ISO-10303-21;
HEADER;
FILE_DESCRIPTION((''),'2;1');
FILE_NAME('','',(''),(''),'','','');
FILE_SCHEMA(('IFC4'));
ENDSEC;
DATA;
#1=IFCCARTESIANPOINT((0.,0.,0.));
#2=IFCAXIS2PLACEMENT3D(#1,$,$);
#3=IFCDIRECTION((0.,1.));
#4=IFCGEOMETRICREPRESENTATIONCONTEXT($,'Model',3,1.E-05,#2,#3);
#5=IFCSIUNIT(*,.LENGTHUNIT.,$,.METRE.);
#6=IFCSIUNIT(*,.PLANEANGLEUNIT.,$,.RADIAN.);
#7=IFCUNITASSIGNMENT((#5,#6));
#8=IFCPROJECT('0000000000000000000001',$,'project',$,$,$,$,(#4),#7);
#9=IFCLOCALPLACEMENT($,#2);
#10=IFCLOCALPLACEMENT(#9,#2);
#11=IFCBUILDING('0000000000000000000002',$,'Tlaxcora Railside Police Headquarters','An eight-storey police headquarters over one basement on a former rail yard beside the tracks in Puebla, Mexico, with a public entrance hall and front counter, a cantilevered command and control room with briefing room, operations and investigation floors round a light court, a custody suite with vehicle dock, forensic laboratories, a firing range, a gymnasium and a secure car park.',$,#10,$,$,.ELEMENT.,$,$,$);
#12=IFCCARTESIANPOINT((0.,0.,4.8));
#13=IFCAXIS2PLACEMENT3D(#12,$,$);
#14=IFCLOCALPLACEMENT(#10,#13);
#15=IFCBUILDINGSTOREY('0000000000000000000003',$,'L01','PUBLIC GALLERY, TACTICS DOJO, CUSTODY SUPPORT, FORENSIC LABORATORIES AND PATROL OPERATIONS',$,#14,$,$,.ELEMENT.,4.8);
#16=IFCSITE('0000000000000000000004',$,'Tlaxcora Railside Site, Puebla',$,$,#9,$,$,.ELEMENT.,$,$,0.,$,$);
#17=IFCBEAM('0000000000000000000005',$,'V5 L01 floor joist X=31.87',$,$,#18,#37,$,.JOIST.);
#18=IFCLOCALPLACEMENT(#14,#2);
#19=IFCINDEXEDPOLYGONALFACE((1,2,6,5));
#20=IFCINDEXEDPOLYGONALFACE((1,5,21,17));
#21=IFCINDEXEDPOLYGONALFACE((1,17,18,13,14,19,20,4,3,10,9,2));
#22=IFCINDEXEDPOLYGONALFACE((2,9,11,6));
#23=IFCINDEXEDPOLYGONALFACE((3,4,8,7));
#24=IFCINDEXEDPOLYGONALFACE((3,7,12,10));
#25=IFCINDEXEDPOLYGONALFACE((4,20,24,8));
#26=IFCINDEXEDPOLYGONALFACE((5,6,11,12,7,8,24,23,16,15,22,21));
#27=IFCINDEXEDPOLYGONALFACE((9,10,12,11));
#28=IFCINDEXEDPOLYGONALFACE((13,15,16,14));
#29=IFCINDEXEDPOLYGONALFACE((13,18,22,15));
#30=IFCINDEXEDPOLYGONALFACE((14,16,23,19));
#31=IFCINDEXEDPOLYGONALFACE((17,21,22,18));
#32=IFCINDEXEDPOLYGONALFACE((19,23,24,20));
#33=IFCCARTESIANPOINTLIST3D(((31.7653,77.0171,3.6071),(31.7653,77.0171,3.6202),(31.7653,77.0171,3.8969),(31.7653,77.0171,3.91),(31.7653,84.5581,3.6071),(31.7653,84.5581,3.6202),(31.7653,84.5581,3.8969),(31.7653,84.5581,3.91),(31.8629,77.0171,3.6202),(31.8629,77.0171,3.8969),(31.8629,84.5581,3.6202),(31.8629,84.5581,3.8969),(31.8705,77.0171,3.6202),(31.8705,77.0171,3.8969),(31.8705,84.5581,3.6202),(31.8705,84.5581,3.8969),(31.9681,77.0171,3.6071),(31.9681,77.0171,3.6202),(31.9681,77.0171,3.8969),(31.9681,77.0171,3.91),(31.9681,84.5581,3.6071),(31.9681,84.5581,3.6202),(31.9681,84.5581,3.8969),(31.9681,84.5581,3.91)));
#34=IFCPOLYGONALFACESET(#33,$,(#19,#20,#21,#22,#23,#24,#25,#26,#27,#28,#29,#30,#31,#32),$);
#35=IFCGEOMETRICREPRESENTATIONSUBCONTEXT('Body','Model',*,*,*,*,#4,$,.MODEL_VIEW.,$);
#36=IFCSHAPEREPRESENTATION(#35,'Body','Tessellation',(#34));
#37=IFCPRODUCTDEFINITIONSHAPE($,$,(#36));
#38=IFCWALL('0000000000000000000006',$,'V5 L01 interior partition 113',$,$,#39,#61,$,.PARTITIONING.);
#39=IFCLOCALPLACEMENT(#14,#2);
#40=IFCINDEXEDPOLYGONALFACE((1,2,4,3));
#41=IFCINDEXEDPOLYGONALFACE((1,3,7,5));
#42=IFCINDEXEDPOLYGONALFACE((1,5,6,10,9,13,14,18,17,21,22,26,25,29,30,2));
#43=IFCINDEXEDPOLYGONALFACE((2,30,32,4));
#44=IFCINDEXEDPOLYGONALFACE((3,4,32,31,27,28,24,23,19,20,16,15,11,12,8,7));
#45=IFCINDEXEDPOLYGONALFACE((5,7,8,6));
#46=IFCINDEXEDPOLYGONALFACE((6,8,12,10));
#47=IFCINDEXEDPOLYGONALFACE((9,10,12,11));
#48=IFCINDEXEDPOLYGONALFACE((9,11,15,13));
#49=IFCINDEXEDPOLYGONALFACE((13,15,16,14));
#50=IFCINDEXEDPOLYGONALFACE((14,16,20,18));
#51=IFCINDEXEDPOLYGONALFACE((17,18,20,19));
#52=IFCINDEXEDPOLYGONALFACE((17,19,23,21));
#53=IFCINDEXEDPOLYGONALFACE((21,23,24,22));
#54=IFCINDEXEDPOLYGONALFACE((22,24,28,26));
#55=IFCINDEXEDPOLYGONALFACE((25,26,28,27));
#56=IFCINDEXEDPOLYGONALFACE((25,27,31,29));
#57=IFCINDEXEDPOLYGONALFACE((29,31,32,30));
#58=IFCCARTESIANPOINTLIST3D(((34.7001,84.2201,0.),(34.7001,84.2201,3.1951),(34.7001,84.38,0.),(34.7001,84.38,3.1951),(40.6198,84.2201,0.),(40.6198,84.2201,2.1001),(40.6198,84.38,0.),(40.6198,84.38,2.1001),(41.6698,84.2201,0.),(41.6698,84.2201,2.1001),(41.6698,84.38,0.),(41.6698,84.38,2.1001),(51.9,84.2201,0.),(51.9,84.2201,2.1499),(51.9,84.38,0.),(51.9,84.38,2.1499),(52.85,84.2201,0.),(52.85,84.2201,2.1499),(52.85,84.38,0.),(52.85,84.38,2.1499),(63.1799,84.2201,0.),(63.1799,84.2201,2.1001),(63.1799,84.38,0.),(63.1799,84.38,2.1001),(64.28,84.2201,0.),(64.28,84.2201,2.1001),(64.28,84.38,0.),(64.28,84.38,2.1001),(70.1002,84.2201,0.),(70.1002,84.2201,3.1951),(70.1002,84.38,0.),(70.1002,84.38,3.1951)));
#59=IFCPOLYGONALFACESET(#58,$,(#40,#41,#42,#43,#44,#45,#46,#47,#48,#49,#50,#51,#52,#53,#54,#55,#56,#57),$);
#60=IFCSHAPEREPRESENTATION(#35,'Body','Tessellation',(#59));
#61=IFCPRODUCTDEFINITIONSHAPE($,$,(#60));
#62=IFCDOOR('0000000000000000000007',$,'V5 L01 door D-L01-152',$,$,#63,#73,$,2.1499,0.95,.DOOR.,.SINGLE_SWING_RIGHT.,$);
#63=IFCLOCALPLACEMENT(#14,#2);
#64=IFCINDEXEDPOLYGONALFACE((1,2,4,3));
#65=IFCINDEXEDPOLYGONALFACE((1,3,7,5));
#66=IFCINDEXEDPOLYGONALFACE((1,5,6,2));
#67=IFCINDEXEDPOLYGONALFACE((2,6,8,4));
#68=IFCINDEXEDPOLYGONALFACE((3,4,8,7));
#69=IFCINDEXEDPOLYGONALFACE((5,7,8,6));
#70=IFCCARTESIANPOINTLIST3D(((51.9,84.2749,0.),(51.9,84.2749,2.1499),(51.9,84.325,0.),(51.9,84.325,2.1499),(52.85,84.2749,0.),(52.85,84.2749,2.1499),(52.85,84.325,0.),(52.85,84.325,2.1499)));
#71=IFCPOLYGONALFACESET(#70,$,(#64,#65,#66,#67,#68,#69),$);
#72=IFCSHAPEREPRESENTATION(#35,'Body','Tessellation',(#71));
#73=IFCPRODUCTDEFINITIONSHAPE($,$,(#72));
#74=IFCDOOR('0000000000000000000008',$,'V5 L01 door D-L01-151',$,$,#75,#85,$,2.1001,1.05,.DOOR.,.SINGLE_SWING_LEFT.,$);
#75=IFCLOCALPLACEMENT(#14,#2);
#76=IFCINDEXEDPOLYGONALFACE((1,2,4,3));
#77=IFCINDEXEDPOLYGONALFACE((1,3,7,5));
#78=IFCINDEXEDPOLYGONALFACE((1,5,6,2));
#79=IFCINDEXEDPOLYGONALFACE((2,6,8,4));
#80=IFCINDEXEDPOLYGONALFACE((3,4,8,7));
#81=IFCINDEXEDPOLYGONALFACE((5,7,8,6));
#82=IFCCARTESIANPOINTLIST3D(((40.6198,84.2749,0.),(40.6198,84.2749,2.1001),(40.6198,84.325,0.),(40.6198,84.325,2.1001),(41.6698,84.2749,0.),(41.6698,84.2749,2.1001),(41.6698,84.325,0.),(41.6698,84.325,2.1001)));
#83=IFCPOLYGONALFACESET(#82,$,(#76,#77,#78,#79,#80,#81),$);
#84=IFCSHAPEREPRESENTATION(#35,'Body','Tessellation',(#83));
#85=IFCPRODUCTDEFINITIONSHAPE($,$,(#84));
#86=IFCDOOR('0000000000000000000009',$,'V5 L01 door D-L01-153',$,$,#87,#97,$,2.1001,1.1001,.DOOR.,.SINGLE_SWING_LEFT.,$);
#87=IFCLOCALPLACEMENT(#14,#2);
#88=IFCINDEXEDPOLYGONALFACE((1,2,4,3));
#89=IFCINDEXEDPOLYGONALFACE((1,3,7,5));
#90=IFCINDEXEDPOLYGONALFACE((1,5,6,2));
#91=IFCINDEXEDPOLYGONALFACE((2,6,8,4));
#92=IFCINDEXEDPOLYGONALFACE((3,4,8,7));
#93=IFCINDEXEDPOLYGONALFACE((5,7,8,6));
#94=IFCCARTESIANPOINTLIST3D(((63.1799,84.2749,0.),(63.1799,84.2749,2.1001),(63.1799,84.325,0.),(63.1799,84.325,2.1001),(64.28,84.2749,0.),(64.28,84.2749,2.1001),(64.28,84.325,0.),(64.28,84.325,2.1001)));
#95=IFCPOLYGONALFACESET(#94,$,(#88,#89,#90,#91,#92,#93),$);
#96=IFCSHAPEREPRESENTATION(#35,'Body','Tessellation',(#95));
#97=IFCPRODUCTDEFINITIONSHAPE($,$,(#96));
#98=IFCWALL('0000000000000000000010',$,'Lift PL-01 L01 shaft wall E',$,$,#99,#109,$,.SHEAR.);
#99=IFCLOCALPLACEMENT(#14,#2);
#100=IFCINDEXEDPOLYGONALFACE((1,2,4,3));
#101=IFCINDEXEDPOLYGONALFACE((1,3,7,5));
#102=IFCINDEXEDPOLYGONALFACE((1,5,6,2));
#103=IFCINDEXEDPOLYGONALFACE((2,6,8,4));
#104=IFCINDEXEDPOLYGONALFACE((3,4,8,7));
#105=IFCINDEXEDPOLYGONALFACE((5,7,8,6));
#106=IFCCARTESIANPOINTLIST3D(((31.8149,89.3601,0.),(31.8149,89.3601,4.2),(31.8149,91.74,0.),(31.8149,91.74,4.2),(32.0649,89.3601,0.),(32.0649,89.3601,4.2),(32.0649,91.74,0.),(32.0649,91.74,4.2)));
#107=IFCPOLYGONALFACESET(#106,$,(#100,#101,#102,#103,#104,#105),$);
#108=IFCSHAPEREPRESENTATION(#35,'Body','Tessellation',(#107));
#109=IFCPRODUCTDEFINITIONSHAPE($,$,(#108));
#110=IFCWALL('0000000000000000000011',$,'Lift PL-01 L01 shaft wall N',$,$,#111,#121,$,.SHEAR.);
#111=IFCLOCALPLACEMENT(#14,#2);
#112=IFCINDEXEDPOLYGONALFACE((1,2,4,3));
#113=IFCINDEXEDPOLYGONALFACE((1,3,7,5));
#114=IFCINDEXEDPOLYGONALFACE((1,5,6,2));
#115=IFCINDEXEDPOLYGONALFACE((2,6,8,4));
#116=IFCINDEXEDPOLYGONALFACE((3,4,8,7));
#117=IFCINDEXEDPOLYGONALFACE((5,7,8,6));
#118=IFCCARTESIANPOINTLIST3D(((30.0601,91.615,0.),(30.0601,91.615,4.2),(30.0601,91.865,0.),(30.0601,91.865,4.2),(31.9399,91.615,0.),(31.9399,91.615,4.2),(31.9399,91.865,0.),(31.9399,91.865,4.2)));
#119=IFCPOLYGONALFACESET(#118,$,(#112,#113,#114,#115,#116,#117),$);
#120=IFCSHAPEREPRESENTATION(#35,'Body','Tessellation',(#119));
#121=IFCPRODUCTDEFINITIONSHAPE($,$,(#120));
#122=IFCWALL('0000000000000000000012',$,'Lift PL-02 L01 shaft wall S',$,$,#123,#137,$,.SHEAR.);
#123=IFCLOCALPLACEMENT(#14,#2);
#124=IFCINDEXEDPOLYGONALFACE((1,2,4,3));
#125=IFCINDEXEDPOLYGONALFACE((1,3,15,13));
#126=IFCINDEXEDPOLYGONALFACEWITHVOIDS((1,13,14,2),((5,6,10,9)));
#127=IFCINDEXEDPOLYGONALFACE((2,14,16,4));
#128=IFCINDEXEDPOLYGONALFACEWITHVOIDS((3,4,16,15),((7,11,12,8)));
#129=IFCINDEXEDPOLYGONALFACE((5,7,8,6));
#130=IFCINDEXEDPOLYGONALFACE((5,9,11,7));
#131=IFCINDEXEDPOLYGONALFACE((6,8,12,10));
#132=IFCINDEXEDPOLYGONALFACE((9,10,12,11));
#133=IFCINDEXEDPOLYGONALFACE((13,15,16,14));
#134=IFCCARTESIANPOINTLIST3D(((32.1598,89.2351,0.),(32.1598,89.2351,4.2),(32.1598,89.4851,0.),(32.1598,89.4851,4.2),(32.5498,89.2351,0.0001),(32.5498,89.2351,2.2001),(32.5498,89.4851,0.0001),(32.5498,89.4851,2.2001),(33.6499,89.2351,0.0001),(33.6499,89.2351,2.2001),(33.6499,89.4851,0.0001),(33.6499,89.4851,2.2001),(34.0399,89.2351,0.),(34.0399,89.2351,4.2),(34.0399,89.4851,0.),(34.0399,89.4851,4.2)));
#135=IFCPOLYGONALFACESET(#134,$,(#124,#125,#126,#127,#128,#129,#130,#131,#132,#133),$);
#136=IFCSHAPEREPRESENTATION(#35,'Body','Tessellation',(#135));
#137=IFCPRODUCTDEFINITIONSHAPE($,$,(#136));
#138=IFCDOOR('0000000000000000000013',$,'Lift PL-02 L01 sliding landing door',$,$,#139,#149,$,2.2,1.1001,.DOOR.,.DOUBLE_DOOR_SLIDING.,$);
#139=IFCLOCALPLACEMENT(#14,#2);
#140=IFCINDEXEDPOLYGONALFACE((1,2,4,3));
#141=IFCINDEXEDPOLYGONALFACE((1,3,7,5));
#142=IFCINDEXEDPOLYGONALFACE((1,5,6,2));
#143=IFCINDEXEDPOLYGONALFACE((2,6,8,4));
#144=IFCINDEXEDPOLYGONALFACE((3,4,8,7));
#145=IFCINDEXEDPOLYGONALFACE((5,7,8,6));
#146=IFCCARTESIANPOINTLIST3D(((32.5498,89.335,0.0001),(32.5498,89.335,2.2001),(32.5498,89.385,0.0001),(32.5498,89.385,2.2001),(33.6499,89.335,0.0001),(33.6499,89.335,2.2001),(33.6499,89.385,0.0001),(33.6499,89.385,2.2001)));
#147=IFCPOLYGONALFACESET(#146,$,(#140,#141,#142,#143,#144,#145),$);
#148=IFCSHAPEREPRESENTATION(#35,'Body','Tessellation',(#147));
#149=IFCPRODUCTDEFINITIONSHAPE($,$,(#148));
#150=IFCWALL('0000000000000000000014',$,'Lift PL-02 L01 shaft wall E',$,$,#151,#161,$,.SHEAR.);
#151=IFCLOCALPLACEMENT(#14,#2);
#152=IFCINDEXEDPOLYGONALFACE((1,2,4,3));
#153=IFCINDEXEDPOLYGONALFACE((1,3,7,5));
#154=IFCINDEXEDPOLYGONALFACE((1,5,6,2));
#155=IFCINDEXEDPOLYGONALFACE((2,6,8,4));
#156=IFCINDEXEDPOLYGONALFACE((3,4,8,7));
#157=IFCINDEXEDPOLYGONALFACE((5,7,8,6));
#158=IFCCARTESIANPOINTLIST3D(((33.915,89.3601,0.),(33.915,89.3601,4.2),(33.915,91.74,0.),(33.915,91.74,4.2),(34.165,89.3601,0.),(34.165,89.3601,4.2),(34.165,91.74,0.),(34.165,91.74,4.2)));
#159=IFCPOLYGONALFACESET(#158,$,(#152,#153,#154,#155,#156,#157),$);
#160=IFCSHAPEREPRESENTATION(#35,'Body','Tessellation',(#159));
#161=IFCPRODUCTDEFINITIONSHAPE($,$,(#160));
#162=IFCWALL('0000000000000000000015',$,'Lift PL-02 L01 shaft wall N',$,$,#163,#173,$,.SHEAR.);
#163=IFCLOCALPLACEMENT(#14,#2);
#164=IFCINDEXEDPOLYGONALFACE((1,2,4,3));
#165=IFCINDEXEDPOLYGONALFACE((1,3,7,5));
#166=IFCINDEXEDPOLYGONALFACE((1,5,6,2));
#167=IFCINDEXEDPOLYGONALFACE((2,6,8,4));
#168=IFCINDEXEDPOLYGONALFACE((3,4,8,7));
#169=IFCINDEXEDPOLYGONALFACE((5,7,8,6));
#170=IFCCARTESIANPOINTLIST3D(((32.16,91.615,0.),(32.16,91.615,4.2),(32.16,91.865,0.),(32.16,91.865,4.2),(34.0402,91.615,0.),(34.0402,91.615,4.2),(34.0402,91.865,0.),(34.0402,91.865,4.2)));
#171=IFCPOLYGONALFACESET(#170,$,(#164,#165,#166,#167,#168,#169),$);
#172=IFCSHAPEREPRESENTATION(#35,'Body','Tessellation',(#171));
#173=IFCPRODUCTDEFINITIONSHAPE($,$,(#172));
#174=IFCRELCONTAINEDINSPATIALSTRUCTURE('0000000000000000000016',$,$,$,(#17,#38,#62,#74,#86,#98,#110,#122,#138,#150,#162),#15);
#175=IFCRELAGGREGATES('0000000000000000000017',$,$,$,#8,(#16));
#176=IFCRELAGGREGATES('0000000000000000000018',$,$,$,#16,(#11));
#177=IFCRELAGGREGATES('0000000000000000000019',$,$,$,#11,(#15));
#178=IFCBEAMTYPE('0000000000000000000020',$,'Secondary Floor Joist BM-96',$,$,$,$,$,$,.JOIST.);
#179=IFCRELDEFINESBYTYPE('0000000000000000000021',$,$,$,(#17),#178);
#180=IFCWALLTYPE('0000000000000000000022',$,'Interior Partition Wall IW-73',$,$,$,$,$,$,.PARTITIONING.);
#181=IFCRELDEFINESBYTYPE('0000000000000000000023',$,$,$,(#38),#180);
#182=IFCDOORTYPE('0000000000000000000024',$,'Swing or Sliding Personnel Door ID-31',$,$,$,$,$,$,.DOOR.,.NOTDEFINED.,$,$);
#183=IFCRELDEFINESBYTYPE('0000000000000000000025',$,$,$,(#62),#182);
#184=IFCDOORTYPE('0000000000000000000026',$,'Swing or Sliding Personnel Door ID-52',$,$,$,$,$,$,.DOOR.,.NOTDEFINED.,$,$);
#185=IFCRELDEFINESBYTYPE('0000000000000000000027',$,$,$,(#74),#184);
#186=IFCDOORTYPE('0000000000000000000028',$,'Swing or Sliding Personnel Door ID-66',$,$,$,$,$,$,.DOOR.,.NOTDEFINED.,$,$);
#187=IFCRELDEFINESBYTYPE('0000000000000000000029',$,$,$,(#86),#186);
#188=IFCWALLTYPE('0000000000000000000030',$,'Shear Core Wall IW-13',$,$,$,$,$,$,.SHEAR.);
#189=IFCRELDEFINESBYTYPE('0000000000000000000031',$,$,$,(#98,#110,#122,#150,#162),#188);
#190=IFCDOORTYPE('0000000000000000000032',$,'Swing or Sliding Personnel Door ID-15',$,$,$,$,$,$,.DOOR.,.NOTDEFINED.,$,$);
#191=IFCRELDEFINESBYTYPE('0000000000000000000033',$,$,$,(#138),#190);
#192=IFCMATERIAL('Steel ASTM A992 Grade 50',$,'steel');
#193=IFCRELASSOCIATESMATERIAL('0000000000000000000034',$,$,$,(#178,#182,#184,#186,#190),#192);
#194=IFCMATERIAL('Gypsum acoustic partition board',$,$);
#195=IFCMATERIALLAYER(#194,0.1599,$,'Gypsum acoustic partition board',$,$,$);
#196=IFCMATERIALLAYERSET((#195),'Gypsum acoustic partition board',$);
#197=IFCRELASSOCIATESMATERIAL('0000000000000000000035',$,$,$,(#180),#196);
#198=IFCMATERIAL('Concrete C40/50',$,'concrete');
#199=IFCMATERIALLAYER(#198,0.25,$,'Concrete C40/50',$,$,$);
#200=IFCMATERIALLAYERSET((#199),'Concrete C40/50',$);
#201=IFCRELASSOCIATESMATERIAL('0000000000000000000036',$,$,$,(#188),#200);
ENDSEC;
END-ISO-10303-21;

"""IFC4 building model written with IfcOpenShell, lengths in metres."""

from ifc_helpers import new_model, si_unit, direction, frame, frame_2d, origin, origin_2d, place, context, subcontext, project, spatial, rectangle, i_section, extrude, material, layer, layer_set, material_profile, profile_set, type_object, element, fill, save


model = new_model("IFC4")

# Units and contexts
model_context = context("Model", 3, precision=1e-05, world=origin(), true_north=direction((0.0, 1.0)))
body_context = subcontext(model_context, "Body", "Model", "MODEL_VIEW")
ifc_project = project(units=[si_unit("LENGTHUNIT", "METRE"), si_unit("PLANEANGLEUNIT", "RADIAN")], contexts=[model_context])

# Site, building, storey
site_placement = place(None, origin())
site = spatial("IfcSite", under=ifc_project, at=site_placement, Name="Tlaxcora Railside Site, Puebla", CompositionType="ELEMENT", RefElevation=0.0)
building_placement = place(site_placement, origin())
building = spatial("IfcBuilding", under=site, at=building_placement, Name="Tlaxcora Railside Police Headquarters", Description="An eight-storey police headquarters over one basement on a former rail yard beside the tracks in Puebla, Mexico, with a public entrance hall and front counter, a cantilevered command and control room with briefing room, operations and investigation floors round a light court, a custody suite with vehicle dock, forensic laboratories, a firing range, a gymnasium and a secure car park.", CompositionType="ELEMENT")
storey_placement = place(building_placement, frame((0.0, 0.0, 4.8)))
storey = spatial("IfcBuildingStorey", under=building, at=storey_placement, Name="L01", Description="PUBLIC GALLERY, TACTICS DOJO, CUSTODY SUPPORT, FORENSIC LABORATORIES AND PATROL OPERATIONS", CompositionType="ELEMENT", Elevation=4.8)

# Shared definitions
ifc_material_1 = material(Name="Concrete C40/50", Category="concrete")

# Beam
ifc_material_2 = material(Name="Steel ASTM A992 Grade 50", Category="steel")
ifc_material_profile_1 = material_profile(ifc_material_2, i_section(OverallWidth=0.2029, OverallDepth=0.303, WebThickness=0.0076, FlangeThickness=0.0132, at=origin_2d()), Name="W12X40")
ifc_profile_set_1 = profile_set([ifc_material_profile_1], Name="Steel ASTM A992 Grade 50")
beam_type_1 = type_object("IfcBeamType", Name="Secondary Floor Joist BM-96", PredefinedType="JOIST", material=ifc_profile_set_1)
beam_1_placement = place(storey_placement, frame((31.8667, 77.0171, 3.7585), z_axis=(0.0, 1.0, 0.0), x_axis=(-1.0, 0.0, 0.0)))
element("IfcBeam", 1, at=beam_1_placement, inside=storey, type_object=beam_type_1, Name="V5 L01 floor joist X=31.87", PredefinedType="JOIST", context=body_context, shape_type="SweptSolid", body=[
    extrude(i_section(OverallWidth=0.2029, OverallDepth=0.303, WebThickness=0.0076, FlangeThickness=0.0132, at=origin_2d()), origin(), (0.0, 0.0, 1.0), 7.541),
])

# Wall, openings, doors
ifc_material_3 = material(Name="Gypsum acoustic partition board")
ifc_layer_1 = layer(ifc_material_3, 0.1599, Name="Gypsum acoustic partition board")
ifc_layer_set_1 = layer_set([ifc_layer_1], Name="Gypsum acoustic partition board")
wall_type_1 = type_object("IfcWallType", Name="Interior Partition Wall IW-73", PredefinedType="PARTITIONING", material=ifc_layer_set_1)
wall_1_placement = place(storey_placement, frame((34.7, 84.3, 0.0), z_axis=(0.0, 0.0, 1.0), x_axis=(1.0, 0.0, 0.0)))
wall_1 = element("IfcWall", 2, at=wall_1_placement, inside=storey, type_object=wall_type_1, Name="V5 L01 interior partition 113", PredefinedType="PARTITIONING", context=body_context, shape_type="SweptSolid", body=[
    extrude(rectangle(XDim=35.4001, YDim=0.1599, at=frame_2d((17.7002, 0.0))), origin(), (0.0, 0.0, 1.0), 3.1951),
])
opening_1_placement = place(wall_1_placement, frame((5.9199, 0.0, 0.0)))
opening_1 = element("IfcOpeningElement", 3, at=opening_1_placement, cuts=wall_1, PredefinedType="OPENING", context=body_context, shape_type="SweptSolid", body=[
    extrude(rectangle(XDim=1.05, YDim=2.1001, at=frame_2d((0.5249, 1.05))), frame((0.0, 0.0898, 0.0), z_axis=(0.0, -1.0, 0.0), x_axis=(1.0, 0.0, 0.0)), (0.0, 0.0, 1.0), 0.1799),
])
opening_2_placement = place(wall_1_placement, frame((17.2, 0.0, 0.0)))
opening_2 = element("IfcOpeningElement", 4, at=opening_2_placement, cuts=wall_1, PredefinedType="OPENING", context=body_context, shape_type="SweptSolid", body=[
    extrude(rectangle(XDim=0.95, YDim=2.1499, at=frame_2d((0.4751, 1.075))), frame((0.0, 0.0898, 0.0), z_axis=(0.0, -1.0, 0.0), x_axis=(1.0, 0.0, 0.0)), (0.0, 0.0, 1.0), 0.1799),
])
opening_3_placement = place(wall_1_placement, frame((28.48, 0.0, 0.0)))
opening_3 = element("IfcOpeningElement", 5, at=opening_3_placement, cuts=wall_1, PredefinedType="OPENING", context=body_context, shape_type="SweptSolid", body=[
    extrude(rectangle(XDim=1.1001, YDim=2.1001, at=frame_2d((0.55, 1.05))), frame((0.0, 0.0898, 0.0), z_axis=(0.0, -1.0, 0.0), x_axis=(1.0, 0.0, 0.0)), (0.0, 0.0, 1.0), 0.1799),
])
door_type_1 = type_object("IfcDoorType", Name="Swing or Sliding Personnel Door ID-31", OperationType="NOTDEFINED", PredefinedType="DOOR", material=ifc_material_2)
door_1_placement = place(opening_2_placement, origin())
door_1 = element("IfcDoor", 6, at=door_1_placement, inside=storey, type_object=door_type_1, Name="V5 L01 door D-L01-152", OperationType="SINGLE_SWING_RIGHT", OverallHeight=2.1499, OverallWidth=0.95, PredefinedType="DOOR", context=body_context, shape_type="SweptSolid", body=[
    extrude(rectangle(XDim=0.95, YDim=2.1499, at=frame_2d((0.4751, 1.075))), frame((0.0, 0.0249, 0.0), z_axis=(0.0, -1.0, 0.0), x_axis=(1.0, 0.0, 0.0)), (0.0, 0.0, 1.0), 0.05),
])
fill(opening_2, door_1)
door_type_2 = type_object("IfcDoorType", Name="Swing or Sliding Personnel Door ID-52", OperationType="NOTDEFINED", PredefinedType="DOOR", material=ifc_material_2)
door_2_placement = place(opening_1_placement, origin())
door_2 = element("IfcDoor", 7, at=door_2_placement, inside=storey, type_object=door_type_2, Name="V5 L01 door D-L01-151", OperationType="SINGLE_SWING_LEFT", OverallHeight=2.1001, OverallWidth=1.05, PredefinedType="DOOR", context=body_context, shape_type="SweptSolid", body=[
    extrude(rectangle(XDim=1.05, YDim=2.1001, at=frame_2d((0.5249, 1.05))), frame((0.0, 0.0249, 0.0), z_axis=(0.0, -1.0, 0.0), x_axis=(1.0, 0.0, 0.0)), (0.0, 0.0, 1.0), 0.05),
])
fill(opening_1, door_2)
door_type_3 = type_object("IfcDoorType", Name="Swing or Sliding Personnel Door ID-66", OperationType="NOTDEFINED", PredefinedType="DOOR", material=ifc_material_2)
door_3_placement = place(opening_3_placement, origin())
door_3 = element("IfcDoor", 8, at=door_3_placement, inside=storey, type_object=door_type_3, Name="V5 L01 door D-L01-153", OperationType="SINGLE_SWING_LEFT", OverallHeight=2.1001, OverallWidth=1.1001, PredefinedType="DOOR", context=body_context, shape_type="SweptSolid", body=[
    extrude(rectangle(XDim=1.1001, YDim=2.1001, at=frame_2d((0.55, 1.05))), frame((0.0, 0.0249, 0.0), z_axis=(0.0, -1.0, 0.0), x_axis=(1.0, 0.0, 0.0)), (0.0, 0.0, 1.0), 0.05),
])
fill(opening_3, door_3)

# Walls
ifc_layer_2 = layer(ifc_material_1, 0.25, Name="Concrete C40/50")
ifc_layer_set_2 = layer_set([ifc_layer_2], Name="Concrete C40/50")
wall_type_2 = type_object("IfcWallType", Name="Shear Core Wall IW-13", PredefinedType="SHEAR", material=ifc_layer_set_2)
wall_2_placement = place(storey_placement, frame((31.9399, 89.3601, 0.0), z_axis=(0.0, 0.0, 1.0), x_axis=(0.0, 1.0, 0.0)))
element("IfcWall", 9, at=wall_2_placement, inside=storey, type_object=wall_type_2, Name="Lift PL-01 L01 shaft wall E", PredefinedType="SHEAR", context=body_context, shape_type="SweptSolid", body=[
    extrude(rectangle(XDim=2.3799, YDim=0.25, at=frame_2d((1.1899, 0.0))), origin(), (0.0, 0.0, 1.0), 4.2),
])
wall_3_placement = place(storey_placement, frame((31.9399, 91.74, 0.0), z_axis=(0.0, 0.0, 1.0), x_axis=(-1.0, 0.0, 0.0)))
element("IfcWall", 10, at=wall_3_placement, inside=storey, type_object=wall_type_2, Name="Lift PL-01 L01 shaft wall N", PredefinedType="SHEAR", context=body_context, shape_type="SweptSolid", body=[
    extrude(rectangle(XDim=1.8799, YDim=0.25, at=frame_2d((0.9399, 0.0))), origin(), (0.0, 0.0, 1.0), 4.2),
])

# Wall, opening, door
wall_4_placement = place(storey_placement, frame((32.1599, 89.3601, 0.0), z_axis=(0.0, 0.0, 1.0), x_axis=(1.0, 0.0, 0.0)))
wall_4 = element("IfcWall", 11, at=wall_4_placement, inside=storey, type_object=wall_type_2, Name="Lift PL-02 L01 shaft wall S", PredefinedType="SHEAR", context=body_context, shape_type="SweptSolid", body=[
    extrude(rectangle(XDim=1.8801, YDim=0.25, at=frame_2d((0.9399, 0.0))), origin(), (0.0, 0.0, 1.0), 4.2),
])
opening_4_placement = place(wall_4_placement, frame((0.3899, 0.0, 0.0)))
opening_4 = element("IfcOpeningElement", 12, at=opening_4_placement, cuts=wall_4, PredefinedType="OPENING", context=body_context, shape_type="SweptSolid", body=[
    extrude(rectangle(XDim=1.1001, YDim=2.2, at=frame_2d((0.55, 1.1001))), frame((0.0, 0.135, 0.0), z_axis=(0.0, -1.0, 0.0), x_axis=(1.0, 0.0, 0.0)), (0.0, 0.0, 1.0), 0.27),
])
door_type_4 = type_object("IfcDoorType", Name="Swing or Sliding Personnel Door ID-15", OperationType="NOTDEFINED", PredefinedType="DOOR", material=ifc_material_2)
door_4_placement = place(opening_4_placement, origin())
door_4 = element("IfcDoor", 13, at=door_4_placement, inside=storey, type_object=door_type_4, Name="Lift PL-02 L01 sliding landing door", OperationType="DOUBLE_DOOR_SLIDING", OverallHeight=2.2, OverallWidth=1.1001, PredefinedType="DOOR", context=body_context, shape_type="SweptSolid", body=[
    extrude(rectangle(XDim=1.1001, YDim=2.2, at=frame_2d((0.55, 1.1001))), frame((0.0, 0.0249, 0.0), z_axis=(0.0, -1.0, 0.0), x_axis=(1.0, 0.0, 0.0)), (0.0, 0.0, 1.0), 0.05),
])
fill(opening_4, door_4)

# Walls
wall_5_placement = place(storey_placement, frame((34.04, 89.3601, 0.0), z_axis=(0.0, 0.0, 1.0), x_axis=(0.0, 1.0, 0.0)))
element("IfcWall", 14, at=wall_5_placement, inside=storey, type_object=wall_type_2, Name="Lift PL-02 L01 shaft wall E", PredefinedType="SHEAR", context=body_context, shape_type="SweptSolid", body=[
    extrude(rectangle(XDim=2.3799, YDim=0.25, at=frame_2d((1.1899, 0.0))), origin(), (0.0, 0.0, 1.0), 4.2),
])
wall_6_placement = place(storey_placement, frame((34.04, 91.74, 0.0), z_axis=(0.0, 0.0, 1.0), x_axis=(-1.0, 0.0, 0.0)))
element("IfcWall", 15, at=wall_6_placement, inside=storey, type_object=wall_type_2, Name="Lift PL-02 L01 shaft wall N", PredefinedType="SHEAR", context=body_context, shape_type="SweptSolid", body=[
    extrude(rectangle(XDim=1.8801, YDim=0.25, at=frame_2d((0.9399, 0.0))), origin(), (0.0, 0.0, 1.0), 4.2),
])

save(model, "model.ifc")
